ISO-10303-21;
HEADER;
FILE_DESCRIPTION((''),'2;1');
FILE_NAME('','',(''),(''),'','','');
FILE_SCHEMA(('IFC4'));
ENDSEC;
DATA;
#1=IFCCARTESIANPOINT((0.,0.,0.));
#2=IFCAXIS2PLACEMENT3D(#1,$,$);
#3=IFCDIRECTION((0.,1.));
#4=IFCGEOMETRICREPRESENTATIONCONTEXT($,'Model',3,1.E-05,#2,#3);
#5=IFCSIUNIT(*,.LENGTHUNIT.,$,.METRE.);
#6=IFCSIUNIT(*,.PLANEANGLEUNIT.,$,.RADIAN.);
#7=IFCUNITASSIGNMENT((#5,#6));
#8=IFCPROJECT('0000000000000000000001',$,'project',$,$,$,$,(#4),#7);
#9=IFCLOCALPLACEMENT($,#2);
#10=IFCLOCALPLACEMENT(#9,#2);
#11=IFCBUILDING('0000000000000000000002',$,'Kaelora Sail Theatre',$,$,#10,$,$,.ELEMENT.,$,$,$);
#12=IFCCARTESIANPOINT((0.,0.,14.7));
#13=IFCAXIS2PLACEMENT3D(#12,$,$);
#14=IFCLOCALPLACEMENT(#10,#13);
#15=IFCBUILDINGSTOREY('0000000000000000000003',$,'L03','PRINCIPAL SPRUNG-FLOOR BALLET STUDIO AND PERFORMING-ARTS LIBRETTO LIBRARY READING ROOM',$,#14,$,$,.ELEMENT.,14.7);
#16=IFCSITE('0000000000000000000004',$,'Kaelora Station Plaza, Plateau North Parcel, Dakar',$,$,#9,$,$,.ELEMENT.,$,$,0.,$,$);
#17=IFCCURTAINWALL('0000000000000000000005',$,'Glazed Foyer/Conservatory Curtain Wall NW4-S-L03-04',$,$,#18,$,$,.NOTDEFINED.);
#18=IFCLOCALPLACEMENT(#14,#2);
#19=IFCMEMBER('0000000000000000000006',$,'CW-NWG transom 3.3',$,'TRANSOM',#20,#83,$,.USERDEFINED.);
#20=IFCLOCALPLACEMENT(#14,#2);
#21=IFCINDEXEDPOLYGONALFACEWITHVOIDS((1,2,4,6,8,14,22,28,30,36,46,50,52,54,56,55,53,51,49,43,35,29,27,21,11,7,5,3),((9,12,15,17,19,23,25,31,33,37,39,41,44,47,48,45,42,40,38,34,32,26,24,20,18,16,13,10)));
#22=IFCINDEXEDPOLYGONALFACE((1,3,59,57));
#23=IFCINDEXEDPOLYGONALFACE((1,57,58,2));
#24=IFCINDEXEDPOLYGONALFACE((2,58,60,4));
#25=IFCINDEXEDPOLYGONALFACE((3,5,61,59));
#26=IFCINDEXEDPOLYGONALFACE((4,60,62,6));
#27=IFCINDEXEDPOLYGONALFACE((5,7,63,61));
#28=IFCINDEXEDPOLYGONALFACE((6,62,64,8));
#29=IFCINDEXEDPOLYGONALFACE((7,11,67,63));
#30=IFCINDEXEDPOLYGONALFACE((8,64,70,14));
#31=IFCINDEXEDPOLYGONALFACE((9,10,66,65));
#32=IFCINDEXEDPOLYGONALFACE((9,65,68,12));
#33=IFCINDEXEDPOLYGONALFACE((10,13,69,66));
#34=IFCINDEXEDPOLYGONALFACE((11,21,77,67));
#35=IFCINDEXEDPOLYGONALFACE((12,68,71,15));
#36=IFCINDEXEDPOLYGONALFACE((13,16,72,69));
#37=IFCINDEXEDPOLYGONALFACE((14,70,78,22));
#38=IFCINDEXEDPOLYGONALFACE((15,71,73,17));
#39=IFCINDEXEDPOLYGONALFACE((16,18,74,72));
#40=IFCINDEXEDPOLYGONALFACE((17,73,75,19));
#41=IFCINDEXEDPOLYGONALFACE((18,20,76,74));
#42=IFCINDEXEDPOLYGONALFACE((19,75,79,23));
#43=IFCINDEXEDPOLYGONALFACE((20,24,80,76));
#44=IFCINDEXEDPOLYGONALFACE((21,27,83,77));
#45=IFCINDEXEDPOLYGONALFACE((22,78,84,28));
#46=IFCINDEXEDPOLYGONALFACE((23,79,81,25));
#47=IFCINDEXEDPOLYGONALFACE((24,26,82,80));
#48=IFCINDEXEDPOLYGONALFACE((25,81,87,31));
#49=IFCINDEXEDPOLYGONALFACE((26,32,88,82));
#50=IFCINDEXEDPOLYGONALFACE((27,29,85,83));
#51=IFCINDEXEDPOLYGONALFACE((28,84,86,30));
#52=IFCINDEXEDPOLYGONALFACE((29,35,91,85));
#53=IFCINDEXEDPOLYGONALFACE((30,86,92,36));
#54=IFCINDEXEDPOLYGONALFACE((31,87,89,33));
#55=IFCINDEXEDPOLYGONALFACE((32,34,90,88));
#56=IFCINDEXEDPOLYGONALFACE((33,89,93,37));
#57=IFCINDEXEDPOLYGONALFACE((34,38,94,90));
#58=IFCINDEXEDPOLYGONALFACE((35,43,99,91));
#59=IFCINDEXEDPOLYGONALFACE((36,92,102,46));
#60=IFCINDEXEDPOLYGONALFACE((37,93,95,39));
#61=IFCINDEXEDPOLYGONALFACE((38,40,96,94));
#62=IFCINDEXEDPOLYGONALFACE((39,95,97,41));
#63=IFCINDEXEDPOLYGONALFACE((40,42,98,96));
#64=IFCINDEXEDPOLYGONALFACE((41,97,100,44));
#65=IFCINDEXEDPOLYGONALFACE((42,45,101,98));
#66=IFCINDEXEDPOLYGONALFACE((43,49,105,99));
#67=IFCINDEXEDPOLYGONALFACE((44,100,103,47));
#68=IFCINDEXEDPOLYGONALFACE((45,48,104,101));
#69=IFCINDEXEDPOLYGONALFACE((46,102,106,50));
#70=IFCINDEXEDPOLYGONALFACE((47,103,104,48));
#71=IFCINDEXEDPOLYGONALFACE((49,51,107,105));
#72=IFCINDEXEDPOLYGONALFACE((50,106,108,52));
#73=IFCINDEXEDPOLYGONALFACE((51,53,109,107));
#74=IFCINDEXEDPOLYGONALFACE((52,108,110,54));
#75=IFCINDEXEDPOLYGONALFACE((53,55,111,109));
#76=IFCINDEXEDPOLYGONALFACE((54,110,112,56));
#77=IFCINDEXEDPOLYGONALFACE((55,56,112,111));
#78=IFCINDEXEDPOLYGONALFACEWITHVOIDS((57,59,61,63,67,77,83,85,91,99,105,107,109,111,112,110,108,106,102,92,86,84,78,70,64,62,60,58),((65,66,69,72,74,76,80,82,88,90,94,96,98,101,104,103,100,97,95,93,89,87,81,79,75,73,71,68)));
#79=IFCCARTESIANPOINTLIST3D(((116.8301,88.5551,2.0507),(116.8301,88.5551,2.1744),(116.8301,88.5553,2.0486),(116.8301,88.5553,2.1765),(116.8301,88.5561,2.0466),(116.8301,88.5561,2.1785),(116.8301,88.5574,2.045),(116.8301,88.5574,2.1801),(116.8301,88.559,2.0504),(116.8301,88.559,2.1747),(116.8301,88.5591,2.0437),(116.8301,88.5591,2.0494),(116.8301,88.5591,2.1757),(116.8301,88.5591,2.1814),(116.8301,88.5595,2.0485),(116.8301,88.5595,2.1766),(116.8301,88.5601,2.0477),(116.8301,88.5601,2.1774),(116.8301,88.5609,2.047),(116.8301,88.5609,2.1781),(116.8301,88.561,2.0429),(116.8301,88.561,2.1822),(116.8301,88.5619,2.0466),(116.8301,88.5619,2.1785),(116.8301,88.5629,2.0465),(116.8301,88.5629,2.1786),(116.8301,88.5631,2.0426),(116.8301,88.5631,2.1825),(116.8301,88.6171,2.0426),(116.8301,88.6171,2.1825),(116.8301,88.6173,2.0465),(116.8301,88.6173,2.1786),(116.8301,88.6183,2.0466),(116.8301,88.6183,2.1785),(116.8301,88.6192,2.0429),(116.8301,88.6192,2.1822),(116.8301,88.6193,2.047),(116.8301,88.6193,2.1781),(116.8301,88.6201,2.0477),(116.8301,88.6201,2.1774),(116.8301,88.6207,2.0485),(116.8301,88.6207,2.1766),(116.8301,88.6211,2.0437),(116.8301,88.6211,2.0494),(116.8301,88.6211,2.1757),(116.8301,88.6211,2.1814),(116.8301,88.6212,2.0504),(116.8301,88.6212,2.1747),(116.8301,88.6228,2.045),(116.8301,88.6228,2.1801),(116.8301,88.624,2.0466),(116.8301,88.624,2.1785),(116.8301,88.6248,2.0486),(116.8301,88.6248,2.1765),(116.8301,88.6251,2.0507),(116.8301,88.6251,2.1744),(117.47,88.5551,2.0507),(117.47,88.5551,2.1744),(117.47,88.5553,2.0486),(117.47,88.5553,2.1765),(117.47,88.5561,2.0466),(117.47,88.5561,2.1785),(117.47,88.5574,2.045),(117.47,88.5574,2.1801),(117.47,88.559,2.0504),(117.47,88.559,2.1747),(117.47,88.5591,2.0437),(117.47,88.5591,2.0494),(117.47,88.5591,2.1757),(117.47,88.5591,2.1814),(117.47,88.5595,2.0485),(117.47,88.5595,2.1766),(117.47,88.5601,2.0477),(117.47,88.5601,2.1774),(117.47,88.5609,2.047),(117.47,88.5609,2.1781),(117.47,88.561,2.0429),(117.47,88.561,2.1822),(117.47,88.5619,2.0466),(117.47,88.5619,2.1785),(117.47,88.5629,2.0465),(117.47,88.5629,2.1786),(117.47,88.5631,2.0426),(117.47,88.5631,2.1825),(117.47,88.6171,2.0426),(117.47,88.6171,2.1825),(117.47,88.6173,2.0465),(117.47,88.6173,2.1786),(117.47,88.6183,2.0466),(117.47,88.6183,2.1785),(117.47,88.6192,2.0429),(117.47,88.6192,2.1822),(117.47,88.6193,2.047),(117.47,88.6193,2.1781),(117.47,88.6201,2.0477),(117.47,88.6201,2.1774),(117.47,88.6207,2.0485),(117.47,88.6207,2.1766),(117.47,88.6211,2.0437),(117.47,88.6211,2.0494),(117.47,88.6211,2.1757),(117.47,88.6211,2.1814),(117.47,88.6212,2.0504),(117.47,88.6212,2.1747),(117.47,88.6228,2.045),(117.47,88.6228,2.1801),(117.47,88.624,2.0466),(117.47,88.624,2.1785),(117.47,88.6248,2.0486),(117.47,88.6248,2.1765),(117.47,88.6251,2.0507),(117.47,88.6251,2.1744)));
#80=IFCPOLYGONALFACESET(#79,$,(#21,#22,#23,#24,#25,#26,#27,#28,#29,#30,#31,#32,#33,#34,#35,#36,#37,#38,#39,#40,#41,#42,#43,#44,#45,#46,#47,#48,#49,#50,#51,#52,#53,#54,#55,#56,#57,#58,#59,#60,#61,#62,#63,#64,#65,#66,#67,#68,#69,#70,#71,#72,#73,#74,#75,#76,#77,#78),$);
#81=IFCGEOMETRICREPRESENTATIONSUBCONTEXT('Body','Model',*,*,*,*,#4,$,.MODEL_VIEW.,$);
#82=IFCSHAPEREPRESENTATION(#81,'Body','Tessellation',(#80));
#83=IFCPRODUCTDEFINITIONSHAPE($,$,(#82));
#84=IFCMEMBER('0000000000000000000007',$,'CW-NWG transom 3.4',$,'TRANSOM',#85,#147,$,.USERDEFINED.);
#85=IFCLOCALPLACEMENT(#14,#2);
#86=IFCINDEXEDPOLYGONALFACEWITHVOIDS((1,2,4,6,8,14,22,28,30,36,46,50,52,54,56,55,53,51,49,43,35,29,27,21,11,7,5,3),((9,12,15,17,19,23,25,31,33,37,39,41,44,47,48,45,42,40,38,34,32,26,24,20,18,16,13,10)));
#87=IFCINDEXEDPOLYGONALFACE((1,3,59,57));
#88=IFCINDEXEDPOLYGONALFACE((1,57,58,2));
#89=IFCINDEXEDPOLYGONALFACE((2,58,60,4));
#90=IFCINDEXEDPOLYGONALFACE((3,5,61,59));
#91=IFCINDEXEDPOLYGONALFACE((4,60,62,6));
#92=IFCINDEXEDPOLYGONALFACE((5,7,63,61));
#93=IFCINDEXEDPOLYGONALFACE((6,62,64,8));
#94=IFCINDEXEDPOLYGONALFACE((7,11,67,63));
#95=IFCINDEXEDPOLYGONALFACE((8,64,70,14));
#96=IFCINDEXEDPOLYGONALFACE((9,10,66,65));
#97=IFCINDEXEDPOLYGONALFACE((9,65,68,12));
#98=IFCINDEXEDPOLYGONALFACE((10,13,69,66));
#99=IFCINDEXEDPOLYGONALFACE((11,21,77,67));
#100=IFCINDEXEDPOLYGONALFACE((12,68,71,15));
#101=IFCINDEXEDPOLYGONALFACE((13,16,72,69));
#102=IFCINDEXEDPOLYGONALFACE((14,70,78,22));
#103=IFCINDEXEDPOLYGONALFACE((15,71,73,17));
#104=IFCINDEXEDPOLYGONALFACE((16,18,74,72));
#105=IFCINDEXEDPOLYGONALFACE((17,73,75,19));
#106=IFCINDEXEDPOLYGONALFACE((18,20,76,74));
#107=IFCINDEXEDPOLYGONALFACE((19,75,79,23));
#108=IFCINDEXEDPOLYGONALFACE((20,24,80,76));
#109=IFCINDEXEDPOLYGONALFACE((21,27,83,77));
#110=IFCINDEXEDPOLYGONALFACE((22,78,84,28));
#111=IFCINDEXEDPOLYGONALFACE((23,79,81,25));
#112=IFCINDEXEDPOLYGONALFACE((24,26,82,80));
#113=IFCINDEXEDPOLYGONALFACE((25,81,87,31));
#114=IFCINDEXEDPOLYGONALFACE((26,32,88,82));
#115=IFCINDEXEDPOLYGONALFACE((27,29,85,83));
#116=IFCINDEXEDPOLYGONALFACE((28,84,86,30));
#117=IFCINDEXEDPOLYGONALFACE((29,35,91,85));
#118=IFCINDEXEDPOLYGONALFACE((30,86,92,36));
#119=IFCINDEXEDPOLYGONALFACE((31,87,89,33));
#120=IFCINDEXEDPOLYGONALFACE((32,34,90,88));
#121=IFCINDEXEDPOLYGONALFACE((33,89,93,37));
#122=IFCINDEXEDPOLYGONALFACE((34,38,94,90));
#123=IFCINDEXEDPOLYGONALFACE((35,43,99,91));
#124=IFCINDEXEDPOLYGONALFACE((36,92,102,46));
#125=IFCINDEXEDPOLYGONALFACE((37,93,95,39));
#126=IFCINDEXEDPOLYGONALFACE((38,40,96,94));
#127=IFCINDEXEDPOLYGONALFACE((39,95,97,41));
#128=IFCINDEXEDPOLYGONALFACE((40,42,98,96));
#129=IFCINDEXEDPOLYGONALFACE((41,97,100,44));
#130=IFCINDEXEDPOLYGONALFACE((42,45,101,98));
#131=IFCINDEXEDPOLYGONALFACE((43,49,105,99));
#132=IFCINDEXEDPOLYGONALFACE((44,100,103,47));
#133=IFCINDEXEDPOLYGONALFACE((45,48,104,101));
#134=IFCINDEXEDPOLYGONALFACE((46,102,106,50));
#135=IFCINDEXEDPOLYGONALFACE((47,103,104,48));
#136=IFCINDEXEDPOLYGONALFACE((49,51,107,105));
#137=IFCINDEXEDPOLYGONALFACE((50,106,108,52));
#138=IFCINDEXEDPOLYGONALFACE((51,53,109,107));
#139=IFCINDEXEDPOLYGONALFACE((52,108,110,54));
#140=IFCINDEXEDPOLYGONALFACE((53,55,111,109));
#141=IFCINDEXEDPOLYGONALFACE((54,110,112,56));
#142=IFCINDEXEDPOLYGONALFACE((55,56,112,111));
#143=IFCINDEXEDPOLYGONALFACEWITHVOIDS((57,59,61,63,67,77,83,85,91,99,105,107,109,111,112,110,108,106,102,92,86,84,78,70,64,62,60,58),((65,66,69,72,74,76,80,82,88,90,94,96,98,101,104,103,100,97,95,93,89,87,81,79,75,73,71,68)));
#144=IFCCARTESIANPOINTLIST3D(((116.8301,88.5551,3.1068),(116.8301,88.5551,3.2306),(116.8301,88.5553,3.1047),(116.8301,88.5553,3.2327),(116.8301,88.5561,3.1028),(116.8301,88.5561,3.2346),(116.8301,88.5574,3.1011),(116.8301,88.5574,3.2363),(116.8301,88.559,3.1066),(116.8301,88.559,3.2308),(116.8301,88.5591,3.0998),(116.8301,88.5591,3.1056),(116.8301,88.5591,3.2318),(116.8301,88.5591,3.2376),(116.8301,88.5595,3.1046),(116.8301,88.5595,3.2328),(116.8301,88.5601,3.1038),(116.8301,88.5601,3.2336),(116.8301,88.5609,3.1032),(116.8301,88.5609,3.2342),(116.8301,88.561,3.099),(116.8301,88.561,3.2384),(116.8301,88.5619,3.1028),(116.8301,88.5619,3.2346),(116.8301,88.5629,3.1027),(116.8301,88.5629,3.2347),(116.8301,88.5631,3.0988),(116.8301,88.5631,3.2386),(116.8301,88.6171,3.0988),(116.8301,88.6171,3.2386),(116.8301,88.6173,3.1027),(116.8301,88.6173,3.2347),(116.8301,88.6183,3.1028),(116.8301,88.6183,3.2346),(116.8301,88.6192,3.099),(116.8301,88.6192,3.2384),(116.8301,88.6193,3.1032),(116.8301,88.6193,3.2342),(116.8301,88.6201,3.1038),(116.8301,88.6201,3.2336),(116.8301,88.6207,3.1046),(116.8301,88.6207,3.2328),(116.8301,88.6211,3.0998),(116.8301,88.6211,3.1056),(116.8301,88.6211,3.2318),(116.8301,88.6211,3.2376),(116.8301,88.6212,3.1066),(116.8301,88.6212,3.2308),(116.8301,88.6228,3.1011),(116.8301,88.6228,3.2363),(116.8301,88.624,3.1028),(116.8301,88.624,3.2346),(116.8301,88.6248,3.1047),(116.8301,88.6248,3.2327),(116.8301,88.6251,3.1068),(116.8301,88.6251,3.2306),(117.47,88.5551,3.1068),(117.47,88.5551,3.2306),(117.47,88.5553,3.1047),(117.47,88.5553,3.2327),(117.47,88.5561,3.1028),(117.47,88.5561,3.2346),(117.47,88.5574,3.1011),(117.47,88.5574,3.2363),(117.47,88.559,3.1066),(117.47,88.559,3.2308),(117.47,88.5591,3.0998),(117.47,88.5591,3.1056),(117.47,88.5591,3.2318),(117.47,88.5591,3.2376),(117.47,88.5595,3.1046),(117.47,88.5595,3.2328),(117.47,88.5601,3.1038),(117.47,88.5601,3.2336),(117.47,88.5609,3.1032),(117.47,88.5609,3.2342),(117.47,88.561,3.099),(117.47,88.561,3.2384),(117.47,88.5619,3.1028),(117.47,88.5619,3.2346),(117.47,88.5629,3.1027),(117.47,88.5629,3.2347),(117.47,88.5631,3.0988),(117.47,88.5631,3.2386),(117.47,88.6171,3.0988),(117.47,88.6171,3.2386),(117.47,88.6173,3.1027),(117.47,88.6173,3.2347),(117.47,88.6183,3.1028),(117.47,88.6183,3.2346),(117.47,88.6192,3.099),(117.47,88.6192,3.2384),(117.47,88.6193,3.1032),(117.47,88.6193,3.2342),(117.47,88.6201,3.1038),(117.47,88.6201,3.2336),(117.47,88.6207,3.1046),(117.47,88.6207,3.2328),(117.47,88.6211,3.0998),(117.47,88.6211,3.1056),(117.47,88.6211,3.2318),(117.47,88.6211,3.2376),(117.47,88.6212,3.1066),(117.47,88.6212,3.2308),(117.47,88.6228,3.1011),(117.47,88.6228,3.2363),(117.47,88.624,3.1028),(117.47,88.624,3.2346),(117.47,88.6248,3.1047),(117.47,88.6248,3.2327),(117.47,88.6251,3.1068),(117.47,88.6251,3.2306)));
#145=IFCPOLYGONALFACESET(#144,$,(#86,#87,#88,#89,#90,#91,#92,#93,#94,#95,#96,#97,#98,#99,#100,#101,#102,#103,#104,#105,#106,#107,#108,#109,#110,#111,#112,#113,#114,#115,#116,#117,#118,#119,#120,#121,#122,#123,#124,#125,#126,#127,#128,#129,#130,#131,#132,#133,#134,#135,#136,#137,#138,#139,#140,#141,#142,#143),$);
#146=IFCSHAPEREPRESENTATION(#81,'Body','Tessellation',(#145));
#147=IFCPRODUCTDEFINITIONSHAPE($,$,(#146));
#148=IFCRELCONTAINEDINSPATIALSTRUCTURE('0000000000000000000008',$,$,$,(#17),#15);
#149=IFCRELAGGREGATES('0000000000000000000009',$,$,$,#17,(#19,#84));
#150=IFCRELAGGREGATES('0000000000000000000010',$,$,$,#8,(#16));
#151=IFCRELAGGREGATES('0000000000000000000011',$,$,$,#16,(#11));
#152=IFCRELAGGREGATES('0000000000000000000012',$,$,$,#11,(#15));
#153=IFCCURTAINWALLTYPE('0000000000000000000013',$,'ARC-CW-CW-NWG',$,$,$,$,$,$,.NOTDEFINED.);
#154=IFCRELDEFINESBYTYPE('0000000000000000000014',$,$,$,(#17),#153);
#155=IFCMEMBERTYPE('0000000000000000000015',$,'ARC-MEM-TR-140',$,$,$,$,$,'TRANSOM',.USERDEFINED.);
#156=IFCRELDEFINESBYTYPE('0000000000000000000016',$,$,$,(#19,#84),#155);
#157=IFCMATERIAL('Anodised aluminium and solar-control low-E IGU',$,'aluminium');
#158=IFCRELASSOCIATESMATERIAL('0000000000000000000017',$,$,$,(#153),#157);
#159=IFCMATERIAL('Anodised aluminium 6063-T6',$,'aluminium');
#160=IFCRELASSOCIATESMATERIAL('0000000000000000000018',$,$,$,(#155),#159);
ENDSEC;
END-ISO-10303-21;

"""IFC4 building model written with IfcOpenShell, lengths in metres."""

from ifc_helpers import new_model, si_unit, direction, frame, origin, origin_2d, place, context, subcontext, project, spatial, hollow_rectangle, extrude, material, material_profile, profile_set, type_object, element, aggregate, save


model = new_model("IFC4")

# Units and contexts
model_context = context("Model", 3, precision=1e-05, world=origin(), true_north=direction((0.0, 1.0)))
body_context = subcontext(model_context, "Body", "Model", "MODEL_VIEW")
ifc_project = project(units=[si_unit("LENGTHUNIT", "METRE"), si_unit("PLANEANGLEUNIT", "RADIAN")], contexts=[model_context])

# Site, building, storey
site_placement = place(None, origin())
site = spatial("IfcSite", under=ifc_project, at=site_placement, Name="Kaelora Station Plaza, Plateau North Parcel, Dakar", CompositionType="ELEMENT", RefElevation=0.0)
building_placement = place(site_placement, origin())
building = spatial("IfcBuilding", under=site, at=building_placement, Name="Kaelora Sail Theatre", CompositionType="ELEMENT")
storey_placement = place(building_placement, frame((0.0, 0.0, 14.7)))
storey = spatial("IfcBuildingStorey", under=building, at=storey_placement, Name="L03", Description="PRINCIPAL SPRUNG-FLOOR BALLET STUDIO AND PERFORMING-ARTS LIBRETTO LIBRARY READING ROOM", CompositionType="ELEMENT", Elevation=14.7)

# Curtain wall, members
ifc_material_1 = material(Name="Anodised aluminium and solar-control low-E IGU", Category="aluminium")
curtain_wall_type = type_object("IfcCurtainWallType", Name="ARC-CW-CW-NWG", PredefinedType="NOTDEFINED", material=ifc_material_1)
curtain_wall_placement = place(storey_placement, origin())
curtain_wall = element("IfcCurtainWall", 1, at=curtain_wall_placement, inside=storey, type_object=curtain_wall_type, Name="Glazed Foyer/Conservatory Curtain Wall NW4-S-L03-04", PredefinedType="NOTDEFINED")
ifc_material_2 = material(Name="Anodised aluminium 6063-T6", Category="aluminium")
ifc_material_profile_1 = material_profile(ifc_material_2, hollow_rectangle(XDim=0.0701, YDim=0.1399, WallThickness=0.0039, InnerFilletRadius=0.0039, OuterFilletRadius=0.0081, at=origin_2d()), Name="ALU-TRAN 70x140x4")
ifc_profile_set_1 = profile_set([ifc_material_profile_1], Name="Anodised aluminium 6063-T6")
member_type_1 = type_object("IfcMemberType", Name="ARC-MEM-TR-140", ElementType="TRANSOM", PredefinedType="USERDEFINED", material=ifc_profile_set_1)
member_1_placement = place(storey_placement, frame((116.8301, 88.5901, 2.1125), z_axis=(1.0, 0.0, 0.0), x_axis=(0.0, 1.0, 0.0)))
member_1 = element("IfcMember", 2, at=member_1_placement, type_object=member_type_1, Name="CW-NWG transom 3.3", ObjectType="TRANSOM", PredefinedType="USERDEFINED", context=body_context, shape_type="SweptSolid", body=[
    extrude(hollow_rectangle(XDim=0.0701, YDim=0.1399, WallThickness=0.0039, InnerFilletRadius=0.0039, OuterFilletRadius=0.0081, at=origin_2d()), origin(), (0.0, 0.0, 1.0), 0.6399),
])
member_2_placement = place(storey_placement, frame((116.8301, 88.5901, 3.1687), z_axis=(1.0, 0.0, 0.0), x_axis=(0.0, 1.0, 0.0)))
member_2 = element("IfcMember", 3, at=member_2_placement, type_object=member_type_1, Name="CW-NWG transom 3.4", ObjectType="TRANSOM", PredefinedType="USERDEFINED", context=body_context, shape_type="SweptSolid", body=[
    extrude(hollow_rectangle(XDim=0.0701, YDim=0.1399, WallThickness=0.0039, InnerFilletRadius=0.0039, OuterFilletRadius=0.0081, at=origin_2d()), origin(), (0.0, 0.0, 1.0), 0.6399),
])
aggregate(curtain_wall, [member_1, member_2])

save(model, "model.ifc")
